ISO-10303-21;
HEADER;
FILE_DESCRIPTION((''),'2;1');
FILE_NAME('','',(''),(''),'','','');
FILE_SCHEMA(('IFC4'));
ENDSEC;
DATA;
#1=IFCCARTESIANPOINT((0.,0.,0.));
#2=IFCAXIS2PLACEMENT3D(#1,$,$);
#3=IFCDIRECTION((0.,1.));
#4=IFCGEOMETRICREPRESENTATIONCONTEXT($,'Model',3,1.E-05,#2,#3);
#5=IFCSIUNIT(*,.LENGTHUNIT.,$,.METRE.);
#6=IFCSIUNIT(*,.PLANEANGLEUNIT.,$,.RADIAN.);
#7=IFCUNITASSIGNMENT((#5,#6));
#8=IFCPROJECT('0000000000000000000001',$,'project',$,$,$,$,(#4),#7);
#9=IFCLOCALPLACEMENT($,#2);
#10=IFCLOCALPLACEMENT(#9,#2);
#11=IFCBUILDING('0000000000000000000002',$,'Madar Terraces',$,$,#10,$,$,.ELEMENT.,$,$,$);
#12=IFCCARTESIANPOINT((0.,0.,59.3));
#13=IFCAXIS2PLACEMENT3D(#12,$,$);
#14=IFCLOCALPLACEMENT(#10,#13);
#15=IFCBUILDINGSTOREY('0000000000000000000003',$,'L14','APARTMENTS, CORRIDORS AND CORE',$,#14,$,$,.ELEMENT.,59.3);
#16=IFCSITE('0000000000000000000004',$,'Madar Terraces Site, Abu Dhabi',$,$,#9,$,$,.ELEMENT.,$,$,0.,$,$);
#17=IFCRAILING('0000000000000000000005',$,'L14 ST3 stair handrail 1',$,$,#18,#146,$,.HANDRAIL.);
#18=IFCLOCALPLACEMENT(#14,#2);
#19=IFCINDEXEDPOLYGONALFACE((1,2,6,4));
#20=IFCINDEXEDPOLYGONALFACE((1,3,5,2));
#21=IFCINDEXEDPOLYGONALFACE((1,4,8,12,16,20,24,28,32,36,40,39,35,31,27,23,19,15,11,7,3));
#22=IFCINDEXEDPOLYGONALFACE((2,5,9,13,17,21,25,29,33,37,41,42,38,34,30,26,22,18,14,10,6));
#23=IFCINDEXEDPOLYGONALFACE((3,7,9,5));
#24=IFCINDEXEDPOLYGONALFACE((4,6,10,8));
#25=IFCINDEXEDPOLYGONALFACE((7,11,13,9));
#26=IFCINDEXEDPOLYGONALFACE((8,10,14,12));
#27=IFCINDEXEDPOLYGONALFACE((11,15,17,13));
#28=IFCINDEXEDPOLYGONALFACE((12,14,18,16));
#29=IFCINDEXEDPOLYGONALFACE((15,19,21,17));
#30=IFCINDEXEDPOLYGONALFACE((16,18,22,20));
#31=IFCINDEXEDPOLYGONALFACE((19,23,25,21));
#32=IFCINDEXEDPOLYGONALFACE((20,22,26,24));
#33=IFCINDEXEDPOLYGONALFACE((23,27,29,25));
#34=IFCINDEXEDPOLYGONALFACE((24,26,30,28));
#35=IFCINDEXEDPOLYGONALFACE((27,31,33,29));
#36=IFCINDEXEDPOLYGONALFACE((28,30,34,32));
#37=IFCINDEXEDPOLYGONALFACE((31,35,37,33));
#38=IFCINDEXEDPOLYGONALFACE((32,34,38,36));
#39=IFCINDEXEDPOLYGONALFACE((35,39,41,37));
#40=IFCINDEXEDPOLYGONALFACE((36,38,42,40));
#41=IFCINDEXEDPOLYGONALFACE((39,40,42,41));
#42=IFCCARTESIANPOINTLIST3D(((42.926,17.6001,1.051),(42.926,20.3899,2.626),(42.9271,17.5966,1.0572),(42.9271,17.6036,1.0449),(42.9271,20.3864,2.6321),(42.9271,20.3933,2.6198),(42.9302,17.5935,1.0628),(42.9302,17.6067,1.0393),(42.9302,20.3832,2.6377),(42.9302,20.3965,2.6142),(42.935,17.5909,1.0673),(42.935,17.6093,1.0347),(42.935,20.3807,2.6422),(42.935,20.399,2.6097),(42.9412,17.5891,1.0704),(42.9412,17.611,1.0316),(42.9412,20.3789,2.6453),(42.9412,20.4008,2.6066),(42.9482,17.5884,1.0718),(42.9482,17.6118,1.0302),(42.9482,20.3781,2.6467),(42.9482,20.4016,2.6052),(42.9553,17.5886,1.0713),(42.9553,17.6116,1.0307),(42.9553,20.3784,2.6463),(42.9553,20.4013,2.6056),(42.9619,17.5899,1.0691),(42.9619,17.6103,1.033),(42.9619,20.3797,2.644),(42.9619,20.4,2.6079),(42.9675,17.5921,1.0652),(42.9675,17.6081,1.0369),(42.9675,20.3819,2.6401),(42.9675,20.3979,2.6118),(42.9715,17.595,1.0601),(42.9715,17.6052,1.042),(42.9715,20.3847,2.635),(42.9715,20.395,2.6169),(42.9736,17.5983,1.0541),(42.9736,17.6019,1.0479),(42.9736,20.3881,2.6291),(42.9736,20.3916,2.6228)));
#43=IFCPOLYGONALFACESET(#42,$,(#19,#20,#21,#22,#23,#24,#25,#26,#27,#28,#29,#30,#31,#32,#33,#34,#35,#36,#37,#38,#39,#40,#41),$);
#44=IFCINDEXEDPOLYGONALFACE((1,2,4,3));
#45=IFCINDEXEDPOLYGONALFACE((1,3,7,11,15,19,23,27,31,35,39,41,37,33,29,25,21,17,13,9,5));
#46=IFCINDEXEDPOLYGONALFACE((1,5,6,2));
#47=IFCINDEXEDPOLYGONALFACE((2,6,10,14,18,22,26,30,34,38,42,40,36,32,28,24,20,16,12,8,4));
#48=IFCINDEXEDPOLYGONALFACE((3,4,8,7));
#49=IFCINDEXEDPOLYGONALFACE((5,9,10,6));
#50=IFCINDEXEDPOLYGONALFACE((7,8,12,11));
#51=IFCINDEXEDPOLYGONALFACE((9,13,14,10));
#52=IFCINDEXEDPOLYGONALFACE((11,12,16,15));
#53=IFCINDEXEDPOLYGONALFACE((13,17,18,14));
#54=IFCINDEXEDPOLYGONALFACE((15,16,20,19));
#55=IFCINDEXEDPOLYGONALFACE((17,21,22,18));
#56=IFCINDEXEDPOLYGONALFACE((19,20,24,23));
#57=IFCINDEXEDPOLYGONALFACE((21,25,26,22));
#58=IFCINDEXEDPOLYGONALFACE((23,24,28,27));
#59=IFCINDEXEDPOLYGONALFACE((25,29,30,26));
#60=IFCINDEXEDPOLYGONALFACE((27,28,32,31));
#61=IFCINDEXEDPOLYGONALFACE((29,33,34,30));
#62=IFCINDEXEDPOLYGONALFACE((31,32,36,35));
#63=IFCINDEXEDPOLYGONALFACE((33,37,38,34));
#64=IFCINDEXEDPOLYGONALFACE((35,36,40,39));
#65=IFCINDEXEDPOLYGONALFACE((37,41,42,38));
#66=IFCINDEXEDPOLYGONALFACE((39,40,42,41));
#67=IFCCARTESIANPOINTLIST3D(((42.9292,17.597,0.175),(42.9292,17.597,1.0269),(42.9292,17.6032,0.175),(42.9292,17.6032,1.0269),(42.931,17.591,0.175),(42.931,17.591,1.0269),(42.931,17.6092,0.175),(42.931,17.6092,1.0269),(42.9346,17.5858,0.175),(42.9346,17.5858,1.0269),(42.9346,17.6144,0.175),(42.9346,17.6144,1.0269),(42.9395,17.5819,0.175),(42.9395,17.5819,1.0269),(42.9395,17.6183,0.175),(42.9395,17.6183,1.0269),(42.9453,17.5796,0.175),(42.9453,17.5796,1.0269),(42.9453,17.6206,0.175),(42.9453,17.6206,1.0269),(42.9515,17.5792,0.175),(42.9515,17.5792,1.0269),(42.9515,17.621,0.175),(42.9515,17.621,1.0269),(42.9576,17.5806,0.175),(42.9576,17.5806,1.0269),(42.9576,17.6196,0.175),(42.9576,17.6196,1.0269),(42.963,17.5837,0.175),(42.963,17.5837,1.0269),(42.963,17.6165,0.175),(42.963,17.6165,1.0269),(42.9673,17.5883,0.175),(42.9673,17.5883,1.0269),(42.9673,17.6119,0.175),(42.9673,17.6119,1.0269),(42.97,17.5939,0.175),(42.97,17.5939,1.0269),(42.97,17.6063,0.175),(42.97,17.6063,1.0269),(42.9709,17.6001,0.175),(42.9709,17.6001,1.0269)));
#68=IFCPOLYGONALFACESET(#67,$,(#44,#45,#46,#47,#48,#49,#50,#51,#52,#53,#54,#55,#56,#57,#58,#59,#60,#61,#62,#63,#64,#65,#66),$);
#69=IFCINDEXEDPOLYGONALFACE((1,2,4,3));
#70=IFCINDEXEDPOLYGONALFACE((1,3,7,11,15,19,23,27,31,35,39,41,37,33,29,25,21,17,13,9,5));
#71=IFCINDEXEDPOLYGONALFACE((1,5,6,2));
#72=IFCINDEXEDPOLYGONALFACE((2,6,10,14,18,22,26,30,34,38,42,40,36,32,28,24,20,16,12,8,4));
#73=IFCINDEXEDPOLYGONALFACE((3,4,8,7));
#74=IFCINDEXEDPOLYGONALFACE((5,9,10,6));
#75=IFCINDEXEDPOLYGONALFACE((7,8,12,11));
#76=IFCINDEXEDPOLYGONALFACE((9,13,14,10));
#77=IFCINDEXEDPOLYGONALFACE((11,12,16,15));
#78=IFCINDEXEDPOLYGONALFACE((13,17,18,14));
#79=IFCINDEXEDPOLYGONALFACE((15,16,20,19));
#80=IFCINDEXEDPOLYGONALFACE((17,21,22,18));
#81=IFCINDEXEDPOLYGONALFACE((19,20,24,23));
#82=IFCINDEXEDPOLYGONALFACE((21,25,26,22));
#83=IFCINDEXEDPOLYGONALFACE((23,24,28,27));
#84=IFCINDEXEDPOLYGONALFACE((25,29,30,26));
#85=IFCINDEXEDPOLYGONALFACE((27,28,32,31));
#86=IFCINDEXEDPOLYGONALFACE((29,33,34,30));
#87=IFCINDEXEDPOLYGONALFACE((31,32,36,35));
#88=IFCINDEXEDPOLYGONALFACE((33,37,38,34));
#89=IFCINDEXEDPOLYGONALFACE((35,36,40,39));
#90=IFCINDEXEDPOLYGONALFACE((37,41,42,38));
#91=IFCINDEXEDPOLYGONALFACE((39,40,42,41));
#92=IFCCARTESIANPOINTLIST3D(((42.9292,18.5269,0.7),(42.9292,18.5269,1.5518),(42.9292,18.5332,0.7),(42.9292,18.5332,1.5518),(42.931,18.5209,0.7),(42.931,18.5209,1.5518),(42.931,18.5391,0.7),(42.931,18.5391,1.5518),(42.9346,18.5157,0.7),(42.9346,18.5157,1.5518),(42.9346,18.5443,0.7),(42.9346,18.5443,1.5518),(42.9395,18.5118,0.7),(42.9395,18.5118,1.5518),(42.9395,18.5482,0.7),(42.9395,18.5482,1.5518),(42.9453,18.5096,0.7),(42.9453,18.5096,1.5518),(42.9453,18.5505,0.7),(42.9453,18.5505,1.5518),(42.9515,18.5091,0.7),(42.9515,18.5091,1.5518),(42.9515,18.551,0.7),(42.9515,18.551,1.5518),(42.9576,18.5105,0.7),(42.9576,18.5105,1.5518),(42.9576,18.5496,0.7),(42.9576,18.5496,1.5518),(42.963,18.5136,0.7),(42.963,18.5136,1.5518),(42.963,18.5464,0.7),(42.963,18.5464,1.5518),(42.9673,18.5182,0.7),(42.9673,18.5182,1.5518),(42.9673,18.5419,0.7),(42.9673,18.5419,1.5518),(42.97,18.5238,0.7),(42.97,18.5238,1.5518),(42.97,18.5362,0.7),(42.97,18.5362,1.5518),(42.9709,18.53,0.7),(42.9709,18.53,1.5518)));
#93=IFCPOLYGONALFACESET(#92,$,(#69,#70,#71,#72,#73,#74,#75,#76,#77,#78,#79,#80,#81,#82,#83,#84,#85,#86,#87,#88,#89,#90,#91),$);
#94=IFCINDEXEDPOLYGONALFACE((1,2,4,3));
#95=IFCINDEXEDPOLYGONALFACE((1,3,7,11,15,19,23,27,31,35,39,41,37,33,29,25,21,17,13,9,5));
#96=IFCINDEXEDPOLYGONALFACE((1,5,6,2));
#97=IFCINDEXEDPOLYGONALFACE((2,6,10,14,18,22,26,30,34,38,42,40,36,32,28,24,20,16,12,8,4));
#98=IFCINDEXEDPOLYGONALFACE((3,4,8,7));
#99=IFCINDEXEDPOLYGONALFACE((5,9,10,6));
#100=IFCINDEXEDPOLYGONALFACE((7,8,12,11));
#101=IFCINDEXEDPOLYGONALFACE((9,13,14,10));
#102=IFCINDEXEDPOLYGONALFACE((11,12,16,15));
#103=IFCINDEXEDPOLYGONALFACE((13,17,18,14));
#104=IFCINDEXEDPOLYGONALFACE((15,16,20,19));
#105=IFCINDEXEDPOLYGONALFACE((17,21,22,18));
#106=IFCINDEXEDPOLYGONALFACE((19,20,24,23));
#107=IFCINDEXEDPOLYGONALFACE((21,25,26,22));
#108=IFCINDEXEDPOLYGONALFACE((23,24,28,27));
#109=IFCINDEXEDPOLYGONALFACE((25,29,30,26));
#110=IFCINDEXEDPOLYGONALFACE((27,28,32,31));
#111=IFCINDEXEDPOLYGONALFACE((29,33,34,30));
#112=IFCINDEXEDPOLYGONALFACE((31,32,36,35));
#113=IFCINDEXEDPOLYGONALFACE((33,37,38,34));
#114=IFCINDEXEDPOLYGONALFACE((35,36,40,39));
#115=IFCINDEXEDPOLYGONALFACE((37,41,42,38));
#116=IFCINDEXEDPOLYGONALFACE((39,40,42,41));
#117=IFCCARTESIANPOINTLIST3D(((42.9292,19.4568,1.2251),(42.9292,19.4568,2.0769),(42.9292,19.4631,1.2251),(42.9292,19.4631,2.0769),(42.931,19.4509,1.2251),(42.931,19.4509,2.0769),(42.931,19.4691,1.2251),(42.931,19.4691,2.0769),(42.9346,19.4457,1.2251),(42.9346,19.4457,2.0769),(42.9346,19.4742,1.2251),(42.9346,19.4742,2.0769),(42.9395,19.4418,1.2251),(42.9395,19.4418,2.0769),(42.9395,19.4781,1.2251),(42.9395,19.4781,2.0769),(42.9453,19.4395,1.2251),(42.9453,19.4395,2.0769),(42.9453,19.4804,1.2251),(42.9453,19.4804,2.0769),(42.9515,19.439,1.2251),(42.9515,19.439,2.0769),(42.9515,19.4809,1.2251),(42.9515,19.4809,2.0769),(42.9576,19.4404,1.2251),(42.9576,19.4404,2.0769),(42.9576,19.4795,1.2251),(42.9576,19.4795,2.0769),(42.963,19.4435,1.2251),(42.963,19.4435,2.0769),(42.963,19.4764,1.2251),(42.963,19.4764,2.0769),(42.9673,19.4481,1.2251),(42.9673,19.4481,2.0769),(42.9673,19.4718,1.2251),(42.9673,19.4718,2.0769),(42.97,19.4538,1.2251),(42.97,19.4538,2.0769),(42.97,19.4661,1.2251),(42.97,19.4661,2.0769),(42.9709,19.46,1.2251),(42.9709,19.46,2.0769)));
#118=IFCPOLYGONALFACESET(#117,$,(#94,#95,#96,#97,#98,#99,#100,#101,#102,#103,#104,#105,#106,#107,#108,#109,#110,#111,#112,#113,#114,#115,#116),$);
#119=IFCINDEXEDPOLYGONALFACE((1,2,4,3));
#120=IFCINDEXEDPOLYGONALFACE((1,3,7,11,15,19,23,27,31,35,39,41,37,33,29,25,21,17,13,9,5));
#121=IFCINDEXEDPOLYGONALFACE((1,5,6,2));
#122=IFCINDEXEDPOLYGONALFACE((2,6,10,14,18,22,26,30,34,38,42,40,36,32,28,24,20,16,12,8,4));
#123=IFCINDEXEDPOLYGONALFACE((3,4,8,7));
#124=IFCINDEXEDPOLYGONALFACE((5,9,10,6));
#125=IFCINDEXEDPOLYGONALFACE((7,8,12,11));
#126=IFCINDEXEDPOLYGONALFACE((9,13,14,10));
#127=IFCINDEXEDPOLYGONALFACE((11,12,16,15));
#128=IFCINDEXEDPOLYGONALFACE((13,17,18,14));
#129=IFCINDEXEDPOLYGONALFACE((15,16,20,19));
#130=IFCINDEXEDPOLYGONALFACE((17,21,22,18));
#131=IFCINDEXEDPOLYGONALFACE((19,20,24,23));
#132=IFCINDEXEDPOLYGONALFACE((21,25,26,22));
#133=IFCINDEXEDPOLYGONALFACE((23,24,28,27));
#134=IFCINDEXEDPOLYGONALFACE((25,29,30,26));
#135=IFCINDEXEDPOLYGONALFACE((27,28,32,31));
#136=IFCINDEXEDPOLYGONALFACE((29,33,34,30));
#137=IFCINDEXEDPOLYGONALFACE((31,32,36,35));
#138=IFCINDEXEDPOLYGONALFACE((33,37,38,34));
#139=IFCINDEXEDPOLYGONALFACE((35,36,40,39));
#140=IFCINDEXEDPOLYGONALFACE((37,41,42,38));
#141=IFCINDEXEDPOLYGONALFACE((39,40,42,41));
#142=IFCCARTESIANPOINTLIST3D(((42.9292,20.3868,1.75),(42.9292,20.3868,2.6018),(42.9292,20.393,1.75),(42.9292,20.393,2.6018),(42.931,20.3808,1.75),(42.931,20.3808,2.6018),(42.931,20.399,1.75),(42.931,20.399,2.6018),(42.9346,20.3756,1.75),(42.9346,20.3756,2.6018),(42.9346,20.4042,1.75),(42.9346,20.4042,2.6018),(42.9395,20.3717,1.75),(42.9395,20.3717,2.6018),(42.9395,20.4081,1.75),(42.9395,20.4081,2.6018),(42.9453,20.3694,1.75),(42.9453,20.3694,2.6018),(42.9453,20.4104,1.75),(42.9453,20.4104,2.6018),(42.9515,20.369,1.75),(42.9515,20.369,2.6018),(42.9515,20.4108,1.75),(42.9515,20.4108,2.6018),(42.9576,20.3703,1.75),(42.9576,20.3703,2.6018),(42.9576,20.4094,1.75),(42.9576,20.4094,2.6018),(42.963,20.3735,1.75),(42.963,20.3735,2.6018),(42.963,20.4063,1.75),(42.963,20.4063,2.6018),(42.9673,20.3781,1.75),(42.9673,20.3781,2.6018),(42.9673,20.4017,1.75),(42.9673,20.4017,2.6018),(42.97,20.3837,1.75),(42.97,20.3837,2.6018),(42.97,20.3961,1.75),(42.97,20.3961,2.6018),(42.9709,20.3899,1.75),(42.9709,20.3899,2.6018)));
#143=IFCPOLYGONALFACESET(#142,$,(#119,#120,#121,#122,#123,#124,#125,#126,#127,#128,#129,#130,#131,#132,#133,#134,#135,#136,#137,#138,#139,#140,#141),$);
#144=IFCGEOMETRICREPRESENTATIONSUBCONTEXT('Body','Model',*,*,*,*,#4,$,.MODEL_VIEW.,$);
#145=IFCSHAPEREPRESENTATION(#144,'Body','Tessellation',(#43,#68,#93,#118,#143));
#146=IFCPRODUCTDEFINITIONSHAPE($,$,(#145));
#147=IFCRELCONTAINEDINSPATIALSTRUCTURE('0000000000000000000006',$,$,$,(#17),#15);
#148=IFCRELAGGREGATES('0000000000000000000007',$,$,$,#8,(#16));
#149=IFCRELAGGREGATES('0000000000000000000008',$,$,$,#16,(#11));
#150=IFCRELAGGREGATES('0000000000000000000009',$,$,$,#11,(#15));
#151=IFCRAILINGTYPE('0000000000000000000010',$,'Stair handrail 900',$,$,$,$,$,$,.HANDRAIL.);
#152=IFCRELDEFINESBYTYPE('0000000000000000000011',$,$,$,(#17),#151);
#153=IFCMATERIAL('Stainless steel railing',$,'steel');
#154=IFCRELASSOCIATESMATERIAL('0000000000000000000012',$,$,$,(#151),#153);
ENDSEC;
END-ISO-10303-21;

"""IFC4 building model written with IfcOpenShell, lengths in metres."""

from ifc_helpers import new_model, si_unit, direction, frame, origin, origin_2d, place, context, subcontext, project, spatial, circle, extrude, material, type_object, element, save


model = new_model("IFC4")

# Units and contexts
model_context = context("Model", 3, precision=1e-05, world=origin(), true_north=direction((0.0, 1.0)))
body_context = subcontext(model_context, "Body", "Model", "MODEL_VIEW")
ifc_project = project(units=[si_unit("LENGTHUNIT", "METRE"), si_unit("PLANEANGLEUNIT", "RADIAN")], contexts=[model_context])

# Site, building, storey
site_placement = place(None, origin())
site = spatial("IfcSite", under=ifc_project, at=site_placement, Name="Madar Terraces Site, Abu Dhabi", CompositionType="ELEMENT", RefElevation=0.0)
building_placement = place(site_placement, origin())
building = spatial("IfcBuilding", under=site, at=building_placement, Name="Madar Terraces", CompositionType="ELEMENT")
storey_placement = place(building_placement, frame((0.0, 0.0, 59.3)))
storey = spatial("IfcBuildingStorey", under=building, at=storey_placement, Name="L14", Description="APARTMENTS, CORRIDORS AND CORE", CompositionType="ELEMENT", Elevation=59.3)

# Railing
ifc_material_1 = material(Name="Stainless steel railing", Category="steel")
railing_type_1 = type_object("IfcRailingType", Name="Stair handrail 900", PredefinedType="HANDRAIL", material=ifc_material_1)
railing_1_placement = place(storey_placement, frame((42.95, 17.6001, 0.175)))
element("IfcRailing", 1, at=railing_1_placement, inside=storey, type_object=railing_type_1, Name="L14 ST3 stair handrail 1", PredefinedType="HANDRAIL", context=body_context, shape_type="SweptSolid", body=[
    extrude(circle(Radius=0.0239, at=origin_2d()), frame((0.0, 0.0, 0.876), z_axis=(0.0, 0.870815, 0.49161), x_axis=(-1.0, 0.0, 0.0)), (0.0, 0.0, 1.0), 3.2036),
    extrude(circle(Radius=0.021, at=origin_2d()), origin(), (0.0, 0.0, 1.0), 0.8518),
    extrude(circle(Radius=0.021, at=origin_2d()), frame((0.0, 0.9299, 0.5249)), (0.0, 0.0, 1.0), 0.8518),
    extrude(circle(Radius=0.021, at=origin_2d()), frame((0.0, 1.8599, 1.05)), (0.0, 0.0, 1.0), 0.8518),
    extrude(circle(Radius=0.021, at=origin_2d()), frame((0.0, 2.7898, 1.575)), (0.0, 0.0, 1.0), 0.8518),
])

save(model, "model.ifc")
